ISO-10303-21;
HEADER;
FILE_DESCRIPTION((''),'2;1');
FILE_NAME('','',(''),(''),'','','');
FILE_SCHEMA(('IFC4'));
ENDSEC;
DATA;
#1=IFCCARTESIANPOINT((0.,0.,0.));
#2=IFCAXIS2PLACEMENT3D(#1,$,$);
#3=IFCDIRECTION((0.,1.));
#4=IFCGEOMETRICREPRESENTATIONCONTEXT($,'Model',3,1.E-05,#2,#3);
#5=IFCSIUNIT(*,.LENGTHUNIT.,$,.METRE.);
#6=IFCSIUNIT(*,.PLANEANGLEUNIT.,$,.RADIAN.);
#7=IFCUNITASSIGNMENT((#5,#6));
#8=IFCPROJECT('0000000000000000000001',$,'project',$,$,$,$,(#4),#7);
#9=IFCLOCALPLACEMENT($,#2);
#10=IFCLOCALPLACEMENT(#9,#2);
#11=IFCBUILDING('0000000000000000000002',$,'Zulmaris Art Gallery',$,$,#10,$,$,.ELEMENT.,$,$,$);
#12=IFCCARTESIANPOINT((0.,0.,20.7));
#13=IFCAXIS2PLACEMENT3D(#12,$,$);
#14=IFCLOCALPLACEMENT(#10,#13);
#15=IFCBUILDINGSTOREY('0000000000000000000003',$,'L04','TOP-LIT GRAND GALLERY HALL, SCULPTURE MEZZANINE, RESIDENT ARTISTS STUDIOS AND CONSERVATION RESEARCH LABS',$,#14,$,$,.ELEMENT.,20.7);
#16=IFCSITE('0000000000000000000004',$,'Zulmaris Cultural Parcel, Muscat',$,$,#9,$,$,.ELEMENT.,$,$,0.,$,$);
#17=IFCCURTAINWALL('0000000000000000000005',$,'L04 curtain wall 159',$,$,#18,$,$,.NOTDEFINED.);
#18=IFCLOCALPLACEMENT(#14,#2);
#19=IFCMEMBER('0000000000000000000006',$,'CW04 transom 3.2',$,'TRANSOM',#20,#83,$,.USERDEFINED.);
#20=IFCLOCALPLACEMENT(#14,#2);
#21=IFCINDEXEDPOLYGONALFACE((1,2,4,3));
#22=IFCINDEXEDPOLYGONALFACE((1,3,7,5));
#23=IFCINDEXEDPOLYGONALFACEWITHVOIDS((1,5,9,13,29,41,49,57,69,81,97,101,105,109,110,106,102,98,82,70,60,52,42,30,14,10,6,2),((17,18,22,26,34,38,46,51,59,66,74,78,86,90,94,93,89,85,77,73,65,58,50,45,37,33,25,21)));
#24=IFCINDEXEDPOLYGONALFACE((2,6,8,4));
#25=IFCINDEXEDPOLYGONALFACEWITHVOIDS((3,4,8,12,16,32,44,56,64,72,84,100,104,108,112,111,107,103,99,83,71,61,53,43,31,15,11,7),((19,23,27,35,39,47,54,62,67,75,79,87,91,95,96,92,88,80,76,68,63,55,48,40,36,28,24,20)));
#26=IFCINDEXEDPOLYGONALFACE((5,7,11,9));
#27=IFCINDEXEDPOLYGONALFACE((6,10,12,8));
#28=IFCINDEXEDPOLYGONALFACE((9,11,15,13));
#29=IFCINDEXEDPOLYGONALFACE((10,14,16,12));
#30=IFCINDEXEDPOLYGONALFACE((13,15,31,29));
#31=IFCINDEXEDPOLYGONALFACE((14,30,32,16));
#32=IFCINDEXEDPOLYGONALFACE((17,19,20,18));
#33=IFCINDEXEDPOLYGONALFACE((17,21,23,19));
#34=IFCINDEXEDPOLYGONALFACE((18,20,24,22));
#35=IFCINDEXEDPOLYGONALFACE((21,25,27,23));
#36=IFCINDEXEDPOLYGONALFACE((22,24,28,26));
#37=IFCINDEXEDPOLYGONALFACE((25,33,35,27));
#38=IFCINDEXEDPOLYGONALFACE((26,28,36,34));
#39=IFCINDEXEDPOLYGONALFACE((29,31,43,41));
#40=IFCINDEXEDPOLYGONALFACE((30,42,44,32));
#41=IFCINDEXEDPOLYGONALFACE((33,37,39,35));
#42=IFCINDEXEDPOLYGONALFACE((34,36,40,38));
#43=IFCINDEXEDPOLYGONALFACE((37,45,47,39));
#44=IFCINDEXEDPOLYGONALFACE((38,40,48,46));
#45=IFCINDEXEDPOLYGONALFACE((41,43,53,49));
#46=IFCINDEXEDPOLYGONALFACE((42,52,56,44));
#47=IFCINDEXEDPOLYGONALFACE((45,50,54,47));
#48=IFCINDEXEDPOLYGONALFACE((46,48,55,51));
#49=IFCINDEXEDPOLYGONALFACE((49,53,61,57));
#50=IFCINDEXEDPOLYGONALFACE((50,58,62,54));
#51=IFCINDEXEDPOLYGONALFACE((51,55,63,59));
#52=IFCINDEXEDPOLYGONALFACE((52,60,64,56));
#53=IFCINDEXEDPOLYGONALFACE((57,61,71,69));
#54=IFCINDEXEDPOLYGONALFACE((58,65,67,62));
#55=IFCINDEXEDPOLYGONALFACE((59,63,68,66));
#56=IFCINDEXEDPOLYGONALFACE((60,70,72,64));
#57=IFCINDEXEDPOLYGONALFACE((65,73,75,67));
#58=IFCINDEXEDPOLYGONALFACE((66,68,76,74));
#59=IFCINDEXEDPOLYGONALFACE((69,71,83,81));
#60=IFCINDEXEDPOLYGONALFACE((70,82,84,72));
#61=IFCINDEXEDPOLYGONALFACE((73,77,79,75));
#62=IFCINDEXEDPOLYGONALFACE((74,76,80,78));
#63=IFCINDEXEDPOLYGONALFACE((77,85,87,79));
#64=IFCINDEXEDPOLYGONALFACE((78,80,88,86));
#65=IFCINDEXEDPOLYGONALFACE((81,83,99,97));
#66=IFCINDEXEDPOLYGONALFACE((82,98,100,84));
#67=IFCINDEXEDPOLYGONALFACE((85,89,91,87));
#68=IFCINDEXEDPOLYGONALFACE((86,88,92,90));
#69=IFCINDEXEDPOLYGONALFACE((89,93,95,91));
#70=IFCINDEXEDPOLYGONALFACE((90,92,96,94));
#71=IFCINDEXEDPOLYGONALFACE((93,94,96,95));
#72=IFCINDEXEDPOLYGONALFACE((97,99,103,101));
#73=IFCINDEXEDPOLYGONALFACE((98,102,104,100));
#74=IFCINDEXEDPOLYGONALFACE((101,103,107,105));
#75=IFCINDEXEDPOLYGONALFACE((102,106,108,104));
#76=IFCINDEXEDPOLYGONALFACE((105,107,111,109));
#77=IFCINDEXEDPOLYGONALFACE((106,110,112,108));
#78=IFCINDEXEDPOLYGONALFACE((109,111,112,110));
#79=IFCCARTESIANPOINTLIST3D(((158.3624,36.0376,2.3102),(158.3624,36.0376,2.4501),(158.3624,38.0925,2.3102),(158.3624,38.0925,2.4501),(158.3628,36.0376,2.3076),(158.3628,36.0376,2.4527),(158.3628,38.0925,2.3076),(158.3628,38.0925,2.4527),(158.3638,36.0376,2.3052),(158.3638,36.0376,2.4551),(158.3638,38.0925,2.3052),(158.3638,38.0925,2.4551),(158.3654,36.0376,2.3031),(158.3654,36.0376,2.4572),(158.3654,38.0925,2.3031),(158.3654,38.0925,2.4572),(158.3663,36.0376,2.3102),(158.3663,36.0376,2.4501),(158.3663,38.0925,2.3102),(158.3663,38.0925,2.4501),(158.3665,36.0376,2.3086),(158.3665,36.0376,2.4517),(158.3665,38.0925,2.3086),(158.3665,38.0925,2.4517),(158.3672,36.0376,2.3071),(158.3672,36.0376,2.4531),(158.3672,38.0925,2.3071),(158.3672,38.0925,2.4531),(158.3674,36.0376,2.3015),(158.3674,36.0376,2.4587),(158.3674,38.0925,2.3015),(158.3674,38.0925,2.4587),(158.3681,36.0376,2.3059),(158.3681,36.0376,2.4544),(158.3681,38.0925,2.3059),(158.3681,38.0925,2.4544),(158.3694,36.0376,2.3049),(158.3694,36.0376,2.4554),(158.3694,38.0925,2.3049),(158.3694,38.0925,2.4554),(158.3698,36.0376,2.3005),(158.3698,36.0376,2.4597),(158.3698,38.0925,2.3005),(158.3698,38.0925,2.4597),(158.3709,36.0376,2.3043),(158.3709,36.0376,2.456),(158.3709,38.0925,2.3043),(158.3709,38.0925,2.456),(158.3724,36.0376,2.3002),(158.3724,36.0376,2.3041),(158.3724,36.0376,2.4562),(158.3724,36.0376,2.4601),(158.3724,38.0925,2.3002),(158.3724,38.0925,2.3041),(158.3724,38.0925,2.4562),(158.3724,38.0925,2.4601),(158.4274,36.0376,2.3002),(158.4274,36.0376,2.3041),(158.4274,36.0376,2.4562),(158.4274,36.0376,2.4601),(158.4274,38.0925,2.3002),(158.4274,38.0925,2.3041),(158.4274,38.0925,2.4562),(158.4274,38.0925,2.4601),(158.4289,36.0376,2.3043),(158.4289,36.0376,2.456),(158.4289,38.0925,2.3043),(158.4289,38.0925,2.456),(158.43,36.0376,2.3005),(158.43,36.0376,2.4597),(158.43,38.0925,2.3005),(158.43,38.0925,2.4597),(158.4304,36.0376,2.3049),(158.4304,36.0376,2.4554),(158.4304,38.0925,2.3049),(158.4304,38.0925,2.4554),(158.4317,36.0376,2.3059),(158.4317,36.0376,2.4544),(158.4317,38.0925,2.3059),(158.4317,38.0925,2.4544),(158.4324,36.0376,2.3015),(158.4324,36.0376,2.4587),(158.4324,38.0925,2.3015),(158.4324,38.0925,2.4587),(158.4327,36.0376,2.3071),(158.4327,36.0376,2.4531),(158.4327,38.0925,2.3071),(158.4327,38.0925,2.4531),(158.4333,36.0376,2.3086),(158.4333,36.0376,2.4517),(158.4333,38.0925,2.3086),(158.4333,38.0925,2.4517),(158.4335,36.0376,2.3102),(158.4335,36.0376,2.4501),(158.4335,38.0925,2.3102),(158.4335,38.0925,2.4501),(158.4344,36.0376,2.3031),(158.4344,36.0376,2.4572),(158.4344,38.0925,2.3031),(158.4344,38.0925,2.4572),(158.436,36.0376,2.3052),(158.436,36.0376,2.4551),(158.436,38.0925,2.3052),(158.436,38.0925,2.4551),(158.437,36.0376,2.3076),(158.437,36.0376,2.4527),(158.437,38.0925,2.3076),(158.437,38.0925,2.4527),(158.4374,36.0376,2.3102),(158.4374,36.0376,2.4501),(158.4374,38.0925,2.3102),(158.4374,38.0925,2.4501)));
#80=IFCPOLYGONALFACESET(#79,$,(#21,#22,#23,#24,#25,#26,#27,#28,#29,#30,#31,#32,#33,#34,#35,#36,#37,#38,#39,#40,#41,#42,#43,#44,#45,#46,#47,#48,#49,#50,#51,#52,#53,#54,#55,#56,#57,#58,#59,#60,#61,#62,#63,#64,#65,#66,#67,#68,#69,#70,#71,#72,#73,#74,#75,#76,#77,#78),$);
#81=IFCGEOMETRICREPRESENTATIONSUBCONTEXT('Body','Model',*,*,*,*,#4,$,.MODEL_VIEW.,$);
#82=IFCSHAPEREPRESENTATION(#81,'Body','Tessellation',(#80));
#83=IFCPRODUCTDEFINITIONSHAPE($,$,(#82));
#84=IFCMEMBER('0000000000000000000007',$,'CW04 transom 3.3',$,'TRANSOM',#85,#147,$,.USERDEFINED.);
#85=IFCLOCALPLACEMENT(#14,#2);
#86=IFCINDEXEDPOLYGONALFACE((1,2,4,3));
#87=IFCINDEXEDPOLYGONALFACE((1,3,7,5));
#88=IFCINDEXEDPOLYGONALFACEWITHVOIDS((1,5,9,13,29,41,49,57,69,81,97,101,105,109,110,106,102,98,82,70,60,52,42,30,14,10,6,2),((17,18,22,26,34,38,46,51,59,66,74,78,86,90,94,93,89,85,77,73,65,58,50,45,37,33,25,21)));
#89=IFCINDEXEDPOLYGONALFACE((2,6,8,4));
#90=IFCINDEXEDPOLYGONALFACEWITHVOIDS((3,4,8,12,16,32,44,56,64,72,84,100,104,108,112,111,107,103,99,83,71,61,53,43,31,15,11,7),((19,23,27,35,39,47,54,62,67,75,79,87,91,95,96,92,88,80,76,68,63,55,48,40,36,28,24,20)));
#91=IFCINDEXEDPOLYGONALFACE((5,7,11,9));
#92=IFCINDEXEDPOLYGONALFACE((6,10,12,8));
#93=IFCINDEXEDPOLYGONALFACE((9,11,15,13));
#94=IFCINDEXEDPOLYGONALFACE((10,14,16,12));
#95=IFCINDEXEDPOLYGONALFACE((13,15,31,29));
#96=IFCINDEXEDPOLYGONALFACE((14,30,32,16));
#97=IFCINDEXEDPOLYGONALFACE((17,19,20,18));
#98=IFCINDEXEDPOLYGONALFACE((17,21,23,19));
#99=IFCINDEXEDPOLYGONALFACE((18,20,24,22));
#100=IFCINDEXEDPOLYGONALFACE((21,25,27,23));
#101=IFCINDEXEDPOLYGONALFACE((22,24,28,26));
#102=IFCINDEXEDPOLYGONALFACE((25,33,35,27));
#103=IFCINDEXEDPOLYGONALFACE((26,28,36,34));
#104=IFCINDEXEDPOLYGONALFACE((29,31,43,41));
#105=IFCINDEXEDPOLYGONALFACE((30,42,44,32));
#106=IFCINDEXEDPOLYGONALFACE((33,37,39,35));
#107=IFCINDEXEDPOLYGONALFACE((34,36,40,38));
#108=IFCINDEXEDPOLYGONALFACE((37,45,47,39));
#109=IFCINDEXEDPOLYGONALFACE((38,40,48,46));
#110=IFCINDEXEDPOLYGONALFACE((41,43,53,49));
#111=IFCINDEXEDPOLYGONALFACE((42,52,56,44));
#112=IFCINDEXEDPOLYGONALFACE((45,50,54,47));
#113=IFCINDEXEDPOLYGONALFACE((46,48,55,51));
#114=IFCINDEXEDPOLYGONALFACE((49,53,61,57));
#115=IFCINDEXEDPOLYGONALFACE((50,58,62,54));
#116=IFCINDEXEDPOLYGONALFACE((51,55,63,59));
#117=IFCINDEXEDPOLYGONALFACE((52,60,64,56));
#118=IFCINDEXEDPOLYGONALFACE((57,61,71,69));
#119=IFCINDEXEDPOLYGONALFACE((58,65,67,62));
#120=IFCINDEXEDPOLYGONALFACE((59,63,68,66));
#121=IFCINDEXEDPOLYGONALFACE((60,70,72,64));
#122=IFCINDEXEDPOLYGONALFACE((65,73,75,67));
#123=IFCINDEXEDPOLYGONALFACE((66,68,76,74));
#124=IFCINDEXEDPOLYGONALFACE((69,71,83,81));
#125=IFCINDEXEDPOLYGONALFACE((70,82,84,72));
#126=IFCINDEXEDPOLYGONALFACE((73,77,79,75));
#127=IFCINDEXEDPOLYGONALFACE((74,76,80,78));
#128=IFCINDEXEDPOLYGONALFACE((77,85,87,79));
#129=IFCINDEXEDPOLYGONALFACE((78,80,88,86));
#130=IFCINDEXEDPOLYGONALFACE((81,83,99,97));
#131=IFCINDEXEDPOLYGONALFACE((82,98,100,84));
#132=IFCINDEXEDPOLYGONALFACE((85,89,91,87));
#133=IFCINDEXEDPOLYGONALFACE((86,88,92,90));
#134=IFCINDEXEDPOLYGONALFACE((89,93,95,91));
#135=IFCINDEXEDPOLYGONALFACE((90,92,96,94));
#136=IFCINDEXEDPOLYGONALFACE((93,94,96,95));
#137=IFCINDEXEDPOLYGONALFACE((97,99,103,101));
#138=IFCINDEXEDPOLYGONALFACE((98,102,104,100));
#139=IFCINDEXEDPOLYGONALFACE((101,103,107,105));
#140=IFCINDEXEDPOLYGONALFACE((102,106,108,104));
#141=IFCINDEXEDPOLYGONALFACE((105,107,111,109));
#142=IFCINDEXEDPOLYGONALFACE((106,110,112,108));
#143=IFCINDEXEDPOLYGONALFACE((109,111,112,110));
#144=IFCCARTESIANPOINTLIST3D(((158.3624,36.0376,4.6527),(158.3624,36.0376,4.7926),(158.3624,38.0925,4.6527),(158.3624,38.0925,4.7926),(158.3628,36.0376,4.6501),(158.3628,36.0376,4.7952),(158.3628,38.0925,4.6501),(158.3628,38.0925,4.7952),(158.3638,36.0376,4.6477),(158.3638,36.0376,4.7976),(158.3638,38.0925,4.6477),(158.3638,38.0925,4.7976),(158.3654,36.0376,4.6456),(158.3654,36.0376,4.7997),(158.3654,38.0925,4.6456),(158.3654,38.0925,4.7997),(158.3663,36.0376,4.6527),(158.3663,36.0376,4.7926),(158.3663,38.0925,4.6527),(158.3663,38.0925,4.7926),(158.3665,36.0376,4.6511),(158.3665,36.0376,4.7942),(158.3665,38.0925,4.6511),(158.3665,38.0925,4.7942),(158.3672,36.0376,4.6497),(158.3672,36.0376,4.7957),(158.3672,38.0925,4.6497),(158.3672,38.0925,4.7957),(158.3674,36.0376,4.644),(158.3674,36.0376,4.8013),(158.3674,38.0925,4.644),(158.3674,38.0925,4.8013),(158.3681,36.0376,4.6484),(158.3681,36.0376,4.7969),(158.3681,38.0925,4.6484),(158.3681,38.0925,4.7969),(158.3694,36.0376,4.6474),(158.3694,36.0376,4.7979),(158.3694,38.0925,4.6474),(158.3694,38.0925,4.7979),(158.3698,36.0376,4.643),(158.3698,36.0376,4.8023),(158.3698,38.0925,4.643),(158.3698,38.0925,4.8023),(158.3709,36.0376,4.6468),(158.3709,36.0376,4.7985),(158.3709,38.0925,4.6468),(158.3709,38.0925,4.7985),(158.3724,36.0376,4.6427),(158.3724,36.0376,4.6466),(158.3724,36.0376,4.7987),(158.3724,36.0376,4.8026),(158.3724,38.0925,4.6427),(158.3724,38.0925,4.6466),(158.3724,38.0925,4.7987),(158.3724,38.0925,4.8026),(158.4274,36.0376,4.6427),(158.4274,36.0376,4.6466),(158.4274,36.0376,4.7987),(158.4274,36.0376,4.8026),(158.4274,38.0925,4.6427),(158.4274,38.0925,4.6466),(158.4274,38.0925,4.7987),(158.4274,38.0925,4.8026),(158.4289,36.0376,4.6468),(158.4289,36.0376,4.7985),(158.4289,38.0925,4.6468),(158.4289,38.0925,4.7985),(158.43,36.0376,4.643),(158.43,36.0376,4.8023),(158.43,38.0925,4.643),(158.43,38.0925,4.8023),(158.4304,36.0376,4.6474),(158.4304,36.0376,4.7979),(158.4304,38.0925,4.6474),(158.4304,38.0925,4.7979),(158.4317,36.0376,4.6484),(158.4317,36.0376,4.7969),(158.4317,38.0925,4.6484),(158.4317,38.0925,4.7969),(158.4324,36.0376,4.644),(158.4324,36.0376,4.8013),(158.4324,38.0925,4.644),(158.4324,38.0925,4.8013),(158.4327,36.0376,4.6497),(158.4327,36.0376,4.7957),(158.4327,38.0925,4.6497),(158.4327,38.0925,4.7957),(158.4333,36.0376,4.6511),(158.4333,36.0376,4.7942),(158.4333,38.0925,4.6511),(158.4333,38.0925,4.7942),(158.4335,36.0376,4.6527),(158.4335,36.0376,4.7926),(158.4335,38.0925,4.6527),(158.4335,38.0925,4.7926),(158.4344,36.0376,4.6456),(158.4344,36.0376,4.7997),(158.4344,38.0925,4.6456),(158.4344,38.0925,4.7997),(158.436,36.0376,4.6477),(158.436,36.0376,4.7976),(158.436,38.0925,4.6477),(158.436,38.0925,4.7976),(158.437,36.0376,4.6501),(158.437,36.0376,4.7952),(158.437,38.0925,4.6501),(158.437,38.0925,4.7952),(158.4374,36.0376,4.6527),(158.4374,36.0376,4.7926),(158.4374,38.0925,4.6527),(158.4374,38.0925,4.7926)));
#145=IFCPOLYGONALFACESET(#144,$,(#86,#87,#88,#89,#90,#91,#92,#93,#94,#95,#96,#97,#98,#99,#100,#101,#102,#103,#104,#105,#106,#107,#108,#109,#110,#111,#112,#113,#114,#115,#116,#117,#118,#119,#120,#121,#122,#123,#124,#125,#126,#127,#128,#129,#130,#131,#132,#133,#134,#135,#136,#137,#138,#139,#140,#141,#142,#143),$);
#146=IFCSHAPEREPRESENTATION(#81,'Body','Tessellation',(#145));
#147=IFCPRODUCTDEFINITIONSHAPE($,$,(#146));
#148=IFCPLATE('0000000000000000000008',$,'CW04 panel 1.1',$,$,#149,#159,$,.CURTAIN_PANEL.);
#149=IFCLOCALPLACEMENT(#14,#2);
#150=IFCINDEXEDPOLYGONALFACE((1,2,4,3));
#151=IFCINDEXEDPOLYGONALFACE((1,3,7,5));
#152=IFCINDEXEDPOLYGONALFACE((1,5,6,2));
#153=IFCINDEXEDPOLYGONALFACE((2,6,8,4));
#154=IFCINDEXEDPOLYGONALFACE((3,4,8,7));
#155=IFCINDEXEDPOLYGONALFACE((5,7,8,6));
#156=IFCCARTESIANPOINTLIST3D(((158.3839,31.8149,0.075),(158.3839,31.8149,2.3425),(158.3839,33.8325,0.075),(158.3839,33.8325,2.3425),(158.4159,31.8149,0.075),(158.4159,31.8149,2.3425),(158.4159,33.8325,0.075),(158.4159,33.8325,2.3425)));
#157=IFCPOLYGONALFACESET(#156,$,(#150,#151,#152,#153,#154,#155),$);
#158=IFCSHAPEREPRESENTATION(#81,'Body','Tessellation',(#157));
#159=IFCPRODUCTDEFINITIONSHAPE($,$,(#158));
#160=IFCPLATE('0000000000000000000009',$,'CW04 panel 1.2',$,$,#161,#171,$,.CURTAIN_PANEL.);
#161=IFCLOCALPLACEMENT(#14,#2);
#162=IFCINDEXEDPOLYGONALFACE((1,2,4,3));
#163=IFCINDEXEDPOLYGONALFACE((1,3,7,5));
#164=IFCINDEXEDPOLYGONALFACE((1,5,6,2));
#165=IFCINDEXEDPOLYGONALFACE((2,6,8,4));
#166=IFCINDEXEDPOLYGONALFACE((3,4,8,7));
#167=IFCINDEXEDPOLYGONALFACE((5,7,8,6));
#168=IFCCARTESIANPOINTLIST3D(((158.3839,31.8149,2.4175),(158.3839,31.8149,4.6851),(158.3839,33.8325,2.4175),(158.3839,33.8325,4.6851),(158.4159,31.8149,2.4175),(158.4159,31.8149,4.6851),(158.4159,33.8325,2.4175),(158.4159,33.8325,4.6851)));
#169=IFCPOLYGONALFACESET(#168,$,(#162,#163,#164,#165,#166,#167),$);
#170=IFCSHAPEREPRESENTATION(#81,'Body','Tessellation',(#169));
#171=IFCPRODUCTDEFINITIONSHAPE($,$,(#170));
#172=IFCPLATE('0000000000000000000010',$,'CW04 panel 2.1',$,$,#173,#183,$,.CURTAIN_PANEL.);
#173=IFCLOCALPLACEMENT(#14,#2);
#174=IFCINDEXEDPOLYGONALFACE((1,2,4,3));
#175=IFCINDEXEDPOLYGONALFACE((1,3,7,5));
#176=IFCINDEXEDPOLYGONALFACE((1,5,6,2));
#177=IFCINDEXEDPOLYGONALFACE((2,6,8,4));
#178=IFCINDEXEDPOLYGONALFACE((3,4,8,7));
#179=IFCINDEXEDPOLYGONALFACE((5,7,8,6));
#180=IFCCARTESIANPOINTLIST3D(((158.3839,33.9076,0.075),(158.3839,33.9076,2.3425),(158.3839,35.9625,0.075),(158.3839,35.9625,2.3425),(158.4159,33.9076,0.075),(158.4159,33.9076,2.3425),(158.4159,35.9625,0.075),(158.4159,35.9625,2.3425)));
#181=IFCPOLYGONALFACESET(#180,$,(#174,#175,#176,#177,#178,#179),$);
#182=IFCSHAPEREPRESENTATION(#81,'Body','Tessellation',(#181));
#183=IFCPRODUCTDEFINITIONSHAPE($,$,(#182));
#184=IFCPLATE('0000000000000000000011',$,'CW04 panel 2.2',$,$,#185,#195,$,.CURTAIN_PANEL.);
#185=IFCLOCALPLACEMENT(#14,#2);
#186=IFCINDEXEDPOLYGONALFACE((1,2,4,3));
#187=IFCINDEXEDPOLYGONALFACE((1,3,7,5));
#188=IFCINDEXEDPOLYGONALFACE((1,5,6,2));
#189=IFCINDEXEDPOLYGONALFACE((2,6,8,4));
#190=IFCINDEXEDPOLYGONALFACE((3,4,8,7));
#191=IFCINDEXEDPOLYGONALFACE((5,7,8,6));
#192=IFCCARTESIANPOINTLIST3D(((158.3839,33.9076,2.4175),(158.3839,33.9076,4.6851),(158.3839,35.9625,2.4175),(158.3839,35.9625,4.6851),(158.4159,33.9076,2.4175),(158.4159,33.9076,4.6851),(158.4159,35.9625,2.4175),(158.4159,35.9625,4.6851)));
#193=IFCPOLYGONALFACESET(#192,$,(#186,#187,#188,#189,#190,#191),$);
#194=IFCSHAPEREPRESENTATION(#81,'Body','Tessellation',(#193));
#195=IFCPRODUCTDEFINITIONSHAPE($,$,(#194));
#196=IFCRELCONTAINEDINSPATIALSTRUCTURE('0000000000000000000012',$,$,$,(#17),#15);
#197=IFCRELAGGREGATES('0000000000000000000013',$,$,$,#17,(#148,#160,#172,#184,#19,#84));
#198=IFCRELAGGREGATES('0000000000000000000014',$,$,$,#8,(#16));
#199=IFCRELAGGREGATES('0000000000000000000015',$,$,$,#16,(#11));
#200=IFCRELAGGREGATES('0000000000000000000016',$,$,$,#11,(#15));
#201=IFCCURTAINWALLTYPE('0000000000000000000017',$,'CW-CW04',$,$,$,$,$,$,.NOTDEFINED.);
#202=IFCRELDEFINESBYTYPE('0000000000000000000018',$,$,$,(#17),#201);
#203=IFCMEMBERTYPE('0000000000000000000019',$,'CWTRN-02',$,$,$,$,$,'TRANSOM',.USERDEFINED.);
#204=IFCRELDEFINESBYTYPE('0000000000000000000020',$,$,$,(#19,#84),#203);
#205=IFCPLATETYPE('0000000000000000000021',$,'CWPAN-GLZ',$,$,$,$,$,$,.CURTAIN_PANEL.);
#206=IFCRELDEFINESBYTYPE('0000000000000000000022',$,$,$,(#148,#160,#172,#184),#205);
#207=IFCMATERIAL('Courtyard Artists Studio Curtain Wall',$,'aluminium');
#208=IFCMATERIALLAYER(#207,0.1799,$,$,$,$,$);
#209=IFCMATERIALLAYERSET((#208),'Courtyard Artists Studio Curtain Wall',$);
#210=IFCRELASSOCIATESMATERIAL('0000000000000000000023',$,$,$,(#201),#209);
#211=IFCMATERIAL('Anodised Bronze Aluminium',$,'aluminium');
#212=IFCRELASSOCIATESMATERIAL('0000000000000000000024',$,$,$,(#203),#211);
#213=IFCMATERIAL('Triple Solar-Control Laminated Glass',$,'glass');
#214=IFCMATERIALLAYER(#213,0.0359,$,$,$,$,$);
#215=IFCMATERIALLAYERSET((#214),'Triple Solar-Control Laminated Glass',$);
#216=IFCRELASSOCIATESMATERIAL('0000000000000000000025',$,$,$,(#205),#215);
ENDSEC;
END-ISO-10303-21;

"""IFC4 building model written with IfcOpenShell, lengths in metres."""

from ifc_helpers import new_model, si_unit, direction, frame, origin, origin_2d, place, context, subcontext, project, spatial, rectangle, hollow_rectangle, extrude, material, layer, layer_set, material_profile, profile_set, type_object, element, aggregate, save


model = new_model("IFC4")

# Units and contexts
model_context = context("Model", 3, precision=1e-05, world=origin(), true_north=direction((0.0, 1.0)))
body_context = subcontext(model_context, "Body", "Model", "MODEL_VIEW")
ifc_project = project(units=[si_unit("LENGTHUNIT", "METRE"), si_unit("PLANEANGLEUNIT", "RADIAN")], contexts=[model_context])

# Site, building, storey
site_placement = place(None, origin())
site = spatial("IfcSite", under=ifc_project, at=site_placement, Name="Zulmaris Cultural Parcel, Muscat", CompositionType="ELEMENT", RefElevation=0.0)
building_placement = place(site_placement, origin())
building = spatial("IfcBuilding", under=site, at=building_placement, Name="Zulmaris Art Gallery", CompositionType="ELEMENT")
storey_placement = place(building_placement, frame((0.0, 0.0, 20.7)))
storey = spatial("IfcBuildingStorey", under=building, at=storey_placement, Name="L04", Description="TOP-LIT GRAND GALLERY HALL, SCULPTURE MEZZANINE, RESIDENT ARTISTS STUDIOS AND CONSERVATION RESEARCH LABS", CompositionType="ELEMENT", Elevation=20.7)

# Curtain wall, members, plates
ifc_material_1 = material(Name="Courtyard Artists Studio Curtain Wall", Category="aluminium")
ifc_layer_1 = layer(ifc_material_1, 0.1799)
ifc_layer_set_1 = layer_set([ifc_layer_1], Name="Courtyard Artists Studio Curtain Wall")
curtain_wall_type = type_object("IfcCurtainWallType", Name="CW-CW04", PredefinedType="NOTDEFINED", material=ifc_layer_set_1)
curtain_wall_placement = place(storey_placement, origin())
curtain_wall = element("IfcCurtainWall", 1, at=curtain_wall_placement, inside=storey, type_object=curtain_wall_type, Name="L04 curtain wall 159", PredefinedType="NOTDEFINED")
ifc_material_2 = material(Name="Anodised Bronze Aluminium", Category="aluminium")
ifc_material_profile_1 = material_profile(ifc_material_2, hollow_rectangle(XDim=0.075, YDim=0.1599, WallThickness=0.0039, InnerFilletRadius=0.0061, OuterFilletRadius=0.01, at=origin_2d()), Name="ALU 75x160x4")
ifc_profile_set_1 = profile_set([ifc_material_profile_1], Name="Anodised Bronze Aluminium")
member_type_1 = type_object("IfcMemberType", Name="CWTRN-02", ElementType="TRANSOM", PredefinedType="USERDEFINED", material=ifc_profile_set_1)
member_1_placement = place(storey_placement, frame((158.3999, 36.0376, 2.3801), z_axis=(0.0, 1.0, 0.0), x_axis=(-1.0, 0.0, 0.0)))
member_1 = element("IfcMember", 2, at=member_1_placement, type_object=member_type_1, Name="CW04 transom 3.2", ObjectType="TRANSOM", PredefinedType="USERDEFINED", context=body_context, shape_type="SweptSolid", body=[
    extrude(hollow_rectangle(XDim=0.075, YDim=0.1599, WallThickness=0.0039, InnerFilletRadius=0.0061, OuterFilletRadius=0.01, at=origin_2d()), origin(), (0.0, 0.0, 1.0), 2.0549),
])
member_2_placement = place(storey_placement, frame((158.3999, 36.0376, 4.7227), z_axis=(0.0, 1.0, 0.0), x_axis=(-1.0, 0.0, 0.0)))
member_2 = element("IfcMember", 3, at=member_2_placement, type_object=member_type_1, Name="CW04 transom 3.3", ObjectType="TRANSOM", PredefinedType="USERDEFINED", context=body_context, shape_type="SweptSolid", body=[
    extrude(hollow_rectangle(XDim=0.075, YDim=0.1599, WallThickness=0.0039, InnerFilletRadius=0.0061, OuterFilletRadius=0.01, at=origin_2d()), origin(), (0.0, 0.0, 1.0), 2.0549),
])
ifc_material_3 = material(Name="Triple Solar-Control Laminated Glass", Category="glass")
ifc_layer_2 = layer(ifc_material_3, 0.0359)
ifc_layer_set_2 = layer_set([ifc_layer_2], Name="Triple Solar-Control Laminated Glass")
plate_type = type_object("IfcPlateType", Name="CWPAN-GLZ", PredefinedType="CURTAIN_PANEL", material=ifc_layer_set_2)
plate_1_placement = place(storey_placement, frame((158.3999, 32.8237, 0.075), z_axis=(0.0, 0.0, 1.0), x_axis=(0.0, 1.0, 0.0)))
plate_1 = element("IfcPlate", 4, at=plate_1_placement, type_object=plate_type, Name="CW04 panel 1.1", PredefinedType="CURTAIN_PANEL", context=body_context, shape_type="SweptSolid", body=[
    extrude(rectangle(XDim=2.0176, YDim=0.032, at=origin_2d()), origin(), (0.0, 0.0, 1.0), 2.2676),
])
plate_2_placement = place(storey_placement, frame((158.3999, 32.8237, 2.4175), z_axis=(0.0, 0.0, 1.0), x_axis=(0.0, 1.0, 0.0)))
plate_2 = element("IfcPlate", 5, at=plate_2_placement, type_object=plate_type, Name="CW04 panel 1.2", PredefinedType="CURTAIN_PANEL", context=body_context, shape_type="SweptSolid", body=[
    extrude(rectangle(XDim=2.0176, YDim=0.032, at=origin_2d()), origin(), (0.0, 0.0, 1.0), 2.2676),
])
plate_3_placement = place(storey_placement, frame((158.3999, 34.9351, 0.075), z_axis=(0.0, 0.0, 1.0), x_axis=(0.0, 1.0, 0.0)))
plate_3 = element("IfcPlate", 6, at=plate_3_placement, type_object=plate_type, Name="CW04 panel 2.1", PredefinedType="CURTAIN_PANEL", context=body_context, shape_type="SweptSolid", body=[
    extrude(rectangle(XDim=2.0549, YDim=0.032, at=origin_2d()), origin(), (0.0, 0.0, 1.0), 2.2676),
])
plate_4_placement = place(storey_placement, frame((158.3999, 34.9351, 2.4175), z_axis=(0.0, 0.0, 1.0), x_axis=(0.0, 1.0, 0.0)))
plate_4 = element("IfcPlate", 7, at=plate_4_placement, type_object=plate_type, Name="CW04 panel 2.2", PredefinedType="CURTAIN_PANEL", context=body_context, shape_type="SweptSolid", body=[
    extrude(rectangle(XDim=2.0549, YDim=0.032, at=origin_2d()), origin(), (0.0, 0.0, 1.0), 2.2676),
])
aggregate(curtain_wall, [plate_1, plate_2, plate_3, plate_4, member_1, member_2])

save(model, "model.ifc")
